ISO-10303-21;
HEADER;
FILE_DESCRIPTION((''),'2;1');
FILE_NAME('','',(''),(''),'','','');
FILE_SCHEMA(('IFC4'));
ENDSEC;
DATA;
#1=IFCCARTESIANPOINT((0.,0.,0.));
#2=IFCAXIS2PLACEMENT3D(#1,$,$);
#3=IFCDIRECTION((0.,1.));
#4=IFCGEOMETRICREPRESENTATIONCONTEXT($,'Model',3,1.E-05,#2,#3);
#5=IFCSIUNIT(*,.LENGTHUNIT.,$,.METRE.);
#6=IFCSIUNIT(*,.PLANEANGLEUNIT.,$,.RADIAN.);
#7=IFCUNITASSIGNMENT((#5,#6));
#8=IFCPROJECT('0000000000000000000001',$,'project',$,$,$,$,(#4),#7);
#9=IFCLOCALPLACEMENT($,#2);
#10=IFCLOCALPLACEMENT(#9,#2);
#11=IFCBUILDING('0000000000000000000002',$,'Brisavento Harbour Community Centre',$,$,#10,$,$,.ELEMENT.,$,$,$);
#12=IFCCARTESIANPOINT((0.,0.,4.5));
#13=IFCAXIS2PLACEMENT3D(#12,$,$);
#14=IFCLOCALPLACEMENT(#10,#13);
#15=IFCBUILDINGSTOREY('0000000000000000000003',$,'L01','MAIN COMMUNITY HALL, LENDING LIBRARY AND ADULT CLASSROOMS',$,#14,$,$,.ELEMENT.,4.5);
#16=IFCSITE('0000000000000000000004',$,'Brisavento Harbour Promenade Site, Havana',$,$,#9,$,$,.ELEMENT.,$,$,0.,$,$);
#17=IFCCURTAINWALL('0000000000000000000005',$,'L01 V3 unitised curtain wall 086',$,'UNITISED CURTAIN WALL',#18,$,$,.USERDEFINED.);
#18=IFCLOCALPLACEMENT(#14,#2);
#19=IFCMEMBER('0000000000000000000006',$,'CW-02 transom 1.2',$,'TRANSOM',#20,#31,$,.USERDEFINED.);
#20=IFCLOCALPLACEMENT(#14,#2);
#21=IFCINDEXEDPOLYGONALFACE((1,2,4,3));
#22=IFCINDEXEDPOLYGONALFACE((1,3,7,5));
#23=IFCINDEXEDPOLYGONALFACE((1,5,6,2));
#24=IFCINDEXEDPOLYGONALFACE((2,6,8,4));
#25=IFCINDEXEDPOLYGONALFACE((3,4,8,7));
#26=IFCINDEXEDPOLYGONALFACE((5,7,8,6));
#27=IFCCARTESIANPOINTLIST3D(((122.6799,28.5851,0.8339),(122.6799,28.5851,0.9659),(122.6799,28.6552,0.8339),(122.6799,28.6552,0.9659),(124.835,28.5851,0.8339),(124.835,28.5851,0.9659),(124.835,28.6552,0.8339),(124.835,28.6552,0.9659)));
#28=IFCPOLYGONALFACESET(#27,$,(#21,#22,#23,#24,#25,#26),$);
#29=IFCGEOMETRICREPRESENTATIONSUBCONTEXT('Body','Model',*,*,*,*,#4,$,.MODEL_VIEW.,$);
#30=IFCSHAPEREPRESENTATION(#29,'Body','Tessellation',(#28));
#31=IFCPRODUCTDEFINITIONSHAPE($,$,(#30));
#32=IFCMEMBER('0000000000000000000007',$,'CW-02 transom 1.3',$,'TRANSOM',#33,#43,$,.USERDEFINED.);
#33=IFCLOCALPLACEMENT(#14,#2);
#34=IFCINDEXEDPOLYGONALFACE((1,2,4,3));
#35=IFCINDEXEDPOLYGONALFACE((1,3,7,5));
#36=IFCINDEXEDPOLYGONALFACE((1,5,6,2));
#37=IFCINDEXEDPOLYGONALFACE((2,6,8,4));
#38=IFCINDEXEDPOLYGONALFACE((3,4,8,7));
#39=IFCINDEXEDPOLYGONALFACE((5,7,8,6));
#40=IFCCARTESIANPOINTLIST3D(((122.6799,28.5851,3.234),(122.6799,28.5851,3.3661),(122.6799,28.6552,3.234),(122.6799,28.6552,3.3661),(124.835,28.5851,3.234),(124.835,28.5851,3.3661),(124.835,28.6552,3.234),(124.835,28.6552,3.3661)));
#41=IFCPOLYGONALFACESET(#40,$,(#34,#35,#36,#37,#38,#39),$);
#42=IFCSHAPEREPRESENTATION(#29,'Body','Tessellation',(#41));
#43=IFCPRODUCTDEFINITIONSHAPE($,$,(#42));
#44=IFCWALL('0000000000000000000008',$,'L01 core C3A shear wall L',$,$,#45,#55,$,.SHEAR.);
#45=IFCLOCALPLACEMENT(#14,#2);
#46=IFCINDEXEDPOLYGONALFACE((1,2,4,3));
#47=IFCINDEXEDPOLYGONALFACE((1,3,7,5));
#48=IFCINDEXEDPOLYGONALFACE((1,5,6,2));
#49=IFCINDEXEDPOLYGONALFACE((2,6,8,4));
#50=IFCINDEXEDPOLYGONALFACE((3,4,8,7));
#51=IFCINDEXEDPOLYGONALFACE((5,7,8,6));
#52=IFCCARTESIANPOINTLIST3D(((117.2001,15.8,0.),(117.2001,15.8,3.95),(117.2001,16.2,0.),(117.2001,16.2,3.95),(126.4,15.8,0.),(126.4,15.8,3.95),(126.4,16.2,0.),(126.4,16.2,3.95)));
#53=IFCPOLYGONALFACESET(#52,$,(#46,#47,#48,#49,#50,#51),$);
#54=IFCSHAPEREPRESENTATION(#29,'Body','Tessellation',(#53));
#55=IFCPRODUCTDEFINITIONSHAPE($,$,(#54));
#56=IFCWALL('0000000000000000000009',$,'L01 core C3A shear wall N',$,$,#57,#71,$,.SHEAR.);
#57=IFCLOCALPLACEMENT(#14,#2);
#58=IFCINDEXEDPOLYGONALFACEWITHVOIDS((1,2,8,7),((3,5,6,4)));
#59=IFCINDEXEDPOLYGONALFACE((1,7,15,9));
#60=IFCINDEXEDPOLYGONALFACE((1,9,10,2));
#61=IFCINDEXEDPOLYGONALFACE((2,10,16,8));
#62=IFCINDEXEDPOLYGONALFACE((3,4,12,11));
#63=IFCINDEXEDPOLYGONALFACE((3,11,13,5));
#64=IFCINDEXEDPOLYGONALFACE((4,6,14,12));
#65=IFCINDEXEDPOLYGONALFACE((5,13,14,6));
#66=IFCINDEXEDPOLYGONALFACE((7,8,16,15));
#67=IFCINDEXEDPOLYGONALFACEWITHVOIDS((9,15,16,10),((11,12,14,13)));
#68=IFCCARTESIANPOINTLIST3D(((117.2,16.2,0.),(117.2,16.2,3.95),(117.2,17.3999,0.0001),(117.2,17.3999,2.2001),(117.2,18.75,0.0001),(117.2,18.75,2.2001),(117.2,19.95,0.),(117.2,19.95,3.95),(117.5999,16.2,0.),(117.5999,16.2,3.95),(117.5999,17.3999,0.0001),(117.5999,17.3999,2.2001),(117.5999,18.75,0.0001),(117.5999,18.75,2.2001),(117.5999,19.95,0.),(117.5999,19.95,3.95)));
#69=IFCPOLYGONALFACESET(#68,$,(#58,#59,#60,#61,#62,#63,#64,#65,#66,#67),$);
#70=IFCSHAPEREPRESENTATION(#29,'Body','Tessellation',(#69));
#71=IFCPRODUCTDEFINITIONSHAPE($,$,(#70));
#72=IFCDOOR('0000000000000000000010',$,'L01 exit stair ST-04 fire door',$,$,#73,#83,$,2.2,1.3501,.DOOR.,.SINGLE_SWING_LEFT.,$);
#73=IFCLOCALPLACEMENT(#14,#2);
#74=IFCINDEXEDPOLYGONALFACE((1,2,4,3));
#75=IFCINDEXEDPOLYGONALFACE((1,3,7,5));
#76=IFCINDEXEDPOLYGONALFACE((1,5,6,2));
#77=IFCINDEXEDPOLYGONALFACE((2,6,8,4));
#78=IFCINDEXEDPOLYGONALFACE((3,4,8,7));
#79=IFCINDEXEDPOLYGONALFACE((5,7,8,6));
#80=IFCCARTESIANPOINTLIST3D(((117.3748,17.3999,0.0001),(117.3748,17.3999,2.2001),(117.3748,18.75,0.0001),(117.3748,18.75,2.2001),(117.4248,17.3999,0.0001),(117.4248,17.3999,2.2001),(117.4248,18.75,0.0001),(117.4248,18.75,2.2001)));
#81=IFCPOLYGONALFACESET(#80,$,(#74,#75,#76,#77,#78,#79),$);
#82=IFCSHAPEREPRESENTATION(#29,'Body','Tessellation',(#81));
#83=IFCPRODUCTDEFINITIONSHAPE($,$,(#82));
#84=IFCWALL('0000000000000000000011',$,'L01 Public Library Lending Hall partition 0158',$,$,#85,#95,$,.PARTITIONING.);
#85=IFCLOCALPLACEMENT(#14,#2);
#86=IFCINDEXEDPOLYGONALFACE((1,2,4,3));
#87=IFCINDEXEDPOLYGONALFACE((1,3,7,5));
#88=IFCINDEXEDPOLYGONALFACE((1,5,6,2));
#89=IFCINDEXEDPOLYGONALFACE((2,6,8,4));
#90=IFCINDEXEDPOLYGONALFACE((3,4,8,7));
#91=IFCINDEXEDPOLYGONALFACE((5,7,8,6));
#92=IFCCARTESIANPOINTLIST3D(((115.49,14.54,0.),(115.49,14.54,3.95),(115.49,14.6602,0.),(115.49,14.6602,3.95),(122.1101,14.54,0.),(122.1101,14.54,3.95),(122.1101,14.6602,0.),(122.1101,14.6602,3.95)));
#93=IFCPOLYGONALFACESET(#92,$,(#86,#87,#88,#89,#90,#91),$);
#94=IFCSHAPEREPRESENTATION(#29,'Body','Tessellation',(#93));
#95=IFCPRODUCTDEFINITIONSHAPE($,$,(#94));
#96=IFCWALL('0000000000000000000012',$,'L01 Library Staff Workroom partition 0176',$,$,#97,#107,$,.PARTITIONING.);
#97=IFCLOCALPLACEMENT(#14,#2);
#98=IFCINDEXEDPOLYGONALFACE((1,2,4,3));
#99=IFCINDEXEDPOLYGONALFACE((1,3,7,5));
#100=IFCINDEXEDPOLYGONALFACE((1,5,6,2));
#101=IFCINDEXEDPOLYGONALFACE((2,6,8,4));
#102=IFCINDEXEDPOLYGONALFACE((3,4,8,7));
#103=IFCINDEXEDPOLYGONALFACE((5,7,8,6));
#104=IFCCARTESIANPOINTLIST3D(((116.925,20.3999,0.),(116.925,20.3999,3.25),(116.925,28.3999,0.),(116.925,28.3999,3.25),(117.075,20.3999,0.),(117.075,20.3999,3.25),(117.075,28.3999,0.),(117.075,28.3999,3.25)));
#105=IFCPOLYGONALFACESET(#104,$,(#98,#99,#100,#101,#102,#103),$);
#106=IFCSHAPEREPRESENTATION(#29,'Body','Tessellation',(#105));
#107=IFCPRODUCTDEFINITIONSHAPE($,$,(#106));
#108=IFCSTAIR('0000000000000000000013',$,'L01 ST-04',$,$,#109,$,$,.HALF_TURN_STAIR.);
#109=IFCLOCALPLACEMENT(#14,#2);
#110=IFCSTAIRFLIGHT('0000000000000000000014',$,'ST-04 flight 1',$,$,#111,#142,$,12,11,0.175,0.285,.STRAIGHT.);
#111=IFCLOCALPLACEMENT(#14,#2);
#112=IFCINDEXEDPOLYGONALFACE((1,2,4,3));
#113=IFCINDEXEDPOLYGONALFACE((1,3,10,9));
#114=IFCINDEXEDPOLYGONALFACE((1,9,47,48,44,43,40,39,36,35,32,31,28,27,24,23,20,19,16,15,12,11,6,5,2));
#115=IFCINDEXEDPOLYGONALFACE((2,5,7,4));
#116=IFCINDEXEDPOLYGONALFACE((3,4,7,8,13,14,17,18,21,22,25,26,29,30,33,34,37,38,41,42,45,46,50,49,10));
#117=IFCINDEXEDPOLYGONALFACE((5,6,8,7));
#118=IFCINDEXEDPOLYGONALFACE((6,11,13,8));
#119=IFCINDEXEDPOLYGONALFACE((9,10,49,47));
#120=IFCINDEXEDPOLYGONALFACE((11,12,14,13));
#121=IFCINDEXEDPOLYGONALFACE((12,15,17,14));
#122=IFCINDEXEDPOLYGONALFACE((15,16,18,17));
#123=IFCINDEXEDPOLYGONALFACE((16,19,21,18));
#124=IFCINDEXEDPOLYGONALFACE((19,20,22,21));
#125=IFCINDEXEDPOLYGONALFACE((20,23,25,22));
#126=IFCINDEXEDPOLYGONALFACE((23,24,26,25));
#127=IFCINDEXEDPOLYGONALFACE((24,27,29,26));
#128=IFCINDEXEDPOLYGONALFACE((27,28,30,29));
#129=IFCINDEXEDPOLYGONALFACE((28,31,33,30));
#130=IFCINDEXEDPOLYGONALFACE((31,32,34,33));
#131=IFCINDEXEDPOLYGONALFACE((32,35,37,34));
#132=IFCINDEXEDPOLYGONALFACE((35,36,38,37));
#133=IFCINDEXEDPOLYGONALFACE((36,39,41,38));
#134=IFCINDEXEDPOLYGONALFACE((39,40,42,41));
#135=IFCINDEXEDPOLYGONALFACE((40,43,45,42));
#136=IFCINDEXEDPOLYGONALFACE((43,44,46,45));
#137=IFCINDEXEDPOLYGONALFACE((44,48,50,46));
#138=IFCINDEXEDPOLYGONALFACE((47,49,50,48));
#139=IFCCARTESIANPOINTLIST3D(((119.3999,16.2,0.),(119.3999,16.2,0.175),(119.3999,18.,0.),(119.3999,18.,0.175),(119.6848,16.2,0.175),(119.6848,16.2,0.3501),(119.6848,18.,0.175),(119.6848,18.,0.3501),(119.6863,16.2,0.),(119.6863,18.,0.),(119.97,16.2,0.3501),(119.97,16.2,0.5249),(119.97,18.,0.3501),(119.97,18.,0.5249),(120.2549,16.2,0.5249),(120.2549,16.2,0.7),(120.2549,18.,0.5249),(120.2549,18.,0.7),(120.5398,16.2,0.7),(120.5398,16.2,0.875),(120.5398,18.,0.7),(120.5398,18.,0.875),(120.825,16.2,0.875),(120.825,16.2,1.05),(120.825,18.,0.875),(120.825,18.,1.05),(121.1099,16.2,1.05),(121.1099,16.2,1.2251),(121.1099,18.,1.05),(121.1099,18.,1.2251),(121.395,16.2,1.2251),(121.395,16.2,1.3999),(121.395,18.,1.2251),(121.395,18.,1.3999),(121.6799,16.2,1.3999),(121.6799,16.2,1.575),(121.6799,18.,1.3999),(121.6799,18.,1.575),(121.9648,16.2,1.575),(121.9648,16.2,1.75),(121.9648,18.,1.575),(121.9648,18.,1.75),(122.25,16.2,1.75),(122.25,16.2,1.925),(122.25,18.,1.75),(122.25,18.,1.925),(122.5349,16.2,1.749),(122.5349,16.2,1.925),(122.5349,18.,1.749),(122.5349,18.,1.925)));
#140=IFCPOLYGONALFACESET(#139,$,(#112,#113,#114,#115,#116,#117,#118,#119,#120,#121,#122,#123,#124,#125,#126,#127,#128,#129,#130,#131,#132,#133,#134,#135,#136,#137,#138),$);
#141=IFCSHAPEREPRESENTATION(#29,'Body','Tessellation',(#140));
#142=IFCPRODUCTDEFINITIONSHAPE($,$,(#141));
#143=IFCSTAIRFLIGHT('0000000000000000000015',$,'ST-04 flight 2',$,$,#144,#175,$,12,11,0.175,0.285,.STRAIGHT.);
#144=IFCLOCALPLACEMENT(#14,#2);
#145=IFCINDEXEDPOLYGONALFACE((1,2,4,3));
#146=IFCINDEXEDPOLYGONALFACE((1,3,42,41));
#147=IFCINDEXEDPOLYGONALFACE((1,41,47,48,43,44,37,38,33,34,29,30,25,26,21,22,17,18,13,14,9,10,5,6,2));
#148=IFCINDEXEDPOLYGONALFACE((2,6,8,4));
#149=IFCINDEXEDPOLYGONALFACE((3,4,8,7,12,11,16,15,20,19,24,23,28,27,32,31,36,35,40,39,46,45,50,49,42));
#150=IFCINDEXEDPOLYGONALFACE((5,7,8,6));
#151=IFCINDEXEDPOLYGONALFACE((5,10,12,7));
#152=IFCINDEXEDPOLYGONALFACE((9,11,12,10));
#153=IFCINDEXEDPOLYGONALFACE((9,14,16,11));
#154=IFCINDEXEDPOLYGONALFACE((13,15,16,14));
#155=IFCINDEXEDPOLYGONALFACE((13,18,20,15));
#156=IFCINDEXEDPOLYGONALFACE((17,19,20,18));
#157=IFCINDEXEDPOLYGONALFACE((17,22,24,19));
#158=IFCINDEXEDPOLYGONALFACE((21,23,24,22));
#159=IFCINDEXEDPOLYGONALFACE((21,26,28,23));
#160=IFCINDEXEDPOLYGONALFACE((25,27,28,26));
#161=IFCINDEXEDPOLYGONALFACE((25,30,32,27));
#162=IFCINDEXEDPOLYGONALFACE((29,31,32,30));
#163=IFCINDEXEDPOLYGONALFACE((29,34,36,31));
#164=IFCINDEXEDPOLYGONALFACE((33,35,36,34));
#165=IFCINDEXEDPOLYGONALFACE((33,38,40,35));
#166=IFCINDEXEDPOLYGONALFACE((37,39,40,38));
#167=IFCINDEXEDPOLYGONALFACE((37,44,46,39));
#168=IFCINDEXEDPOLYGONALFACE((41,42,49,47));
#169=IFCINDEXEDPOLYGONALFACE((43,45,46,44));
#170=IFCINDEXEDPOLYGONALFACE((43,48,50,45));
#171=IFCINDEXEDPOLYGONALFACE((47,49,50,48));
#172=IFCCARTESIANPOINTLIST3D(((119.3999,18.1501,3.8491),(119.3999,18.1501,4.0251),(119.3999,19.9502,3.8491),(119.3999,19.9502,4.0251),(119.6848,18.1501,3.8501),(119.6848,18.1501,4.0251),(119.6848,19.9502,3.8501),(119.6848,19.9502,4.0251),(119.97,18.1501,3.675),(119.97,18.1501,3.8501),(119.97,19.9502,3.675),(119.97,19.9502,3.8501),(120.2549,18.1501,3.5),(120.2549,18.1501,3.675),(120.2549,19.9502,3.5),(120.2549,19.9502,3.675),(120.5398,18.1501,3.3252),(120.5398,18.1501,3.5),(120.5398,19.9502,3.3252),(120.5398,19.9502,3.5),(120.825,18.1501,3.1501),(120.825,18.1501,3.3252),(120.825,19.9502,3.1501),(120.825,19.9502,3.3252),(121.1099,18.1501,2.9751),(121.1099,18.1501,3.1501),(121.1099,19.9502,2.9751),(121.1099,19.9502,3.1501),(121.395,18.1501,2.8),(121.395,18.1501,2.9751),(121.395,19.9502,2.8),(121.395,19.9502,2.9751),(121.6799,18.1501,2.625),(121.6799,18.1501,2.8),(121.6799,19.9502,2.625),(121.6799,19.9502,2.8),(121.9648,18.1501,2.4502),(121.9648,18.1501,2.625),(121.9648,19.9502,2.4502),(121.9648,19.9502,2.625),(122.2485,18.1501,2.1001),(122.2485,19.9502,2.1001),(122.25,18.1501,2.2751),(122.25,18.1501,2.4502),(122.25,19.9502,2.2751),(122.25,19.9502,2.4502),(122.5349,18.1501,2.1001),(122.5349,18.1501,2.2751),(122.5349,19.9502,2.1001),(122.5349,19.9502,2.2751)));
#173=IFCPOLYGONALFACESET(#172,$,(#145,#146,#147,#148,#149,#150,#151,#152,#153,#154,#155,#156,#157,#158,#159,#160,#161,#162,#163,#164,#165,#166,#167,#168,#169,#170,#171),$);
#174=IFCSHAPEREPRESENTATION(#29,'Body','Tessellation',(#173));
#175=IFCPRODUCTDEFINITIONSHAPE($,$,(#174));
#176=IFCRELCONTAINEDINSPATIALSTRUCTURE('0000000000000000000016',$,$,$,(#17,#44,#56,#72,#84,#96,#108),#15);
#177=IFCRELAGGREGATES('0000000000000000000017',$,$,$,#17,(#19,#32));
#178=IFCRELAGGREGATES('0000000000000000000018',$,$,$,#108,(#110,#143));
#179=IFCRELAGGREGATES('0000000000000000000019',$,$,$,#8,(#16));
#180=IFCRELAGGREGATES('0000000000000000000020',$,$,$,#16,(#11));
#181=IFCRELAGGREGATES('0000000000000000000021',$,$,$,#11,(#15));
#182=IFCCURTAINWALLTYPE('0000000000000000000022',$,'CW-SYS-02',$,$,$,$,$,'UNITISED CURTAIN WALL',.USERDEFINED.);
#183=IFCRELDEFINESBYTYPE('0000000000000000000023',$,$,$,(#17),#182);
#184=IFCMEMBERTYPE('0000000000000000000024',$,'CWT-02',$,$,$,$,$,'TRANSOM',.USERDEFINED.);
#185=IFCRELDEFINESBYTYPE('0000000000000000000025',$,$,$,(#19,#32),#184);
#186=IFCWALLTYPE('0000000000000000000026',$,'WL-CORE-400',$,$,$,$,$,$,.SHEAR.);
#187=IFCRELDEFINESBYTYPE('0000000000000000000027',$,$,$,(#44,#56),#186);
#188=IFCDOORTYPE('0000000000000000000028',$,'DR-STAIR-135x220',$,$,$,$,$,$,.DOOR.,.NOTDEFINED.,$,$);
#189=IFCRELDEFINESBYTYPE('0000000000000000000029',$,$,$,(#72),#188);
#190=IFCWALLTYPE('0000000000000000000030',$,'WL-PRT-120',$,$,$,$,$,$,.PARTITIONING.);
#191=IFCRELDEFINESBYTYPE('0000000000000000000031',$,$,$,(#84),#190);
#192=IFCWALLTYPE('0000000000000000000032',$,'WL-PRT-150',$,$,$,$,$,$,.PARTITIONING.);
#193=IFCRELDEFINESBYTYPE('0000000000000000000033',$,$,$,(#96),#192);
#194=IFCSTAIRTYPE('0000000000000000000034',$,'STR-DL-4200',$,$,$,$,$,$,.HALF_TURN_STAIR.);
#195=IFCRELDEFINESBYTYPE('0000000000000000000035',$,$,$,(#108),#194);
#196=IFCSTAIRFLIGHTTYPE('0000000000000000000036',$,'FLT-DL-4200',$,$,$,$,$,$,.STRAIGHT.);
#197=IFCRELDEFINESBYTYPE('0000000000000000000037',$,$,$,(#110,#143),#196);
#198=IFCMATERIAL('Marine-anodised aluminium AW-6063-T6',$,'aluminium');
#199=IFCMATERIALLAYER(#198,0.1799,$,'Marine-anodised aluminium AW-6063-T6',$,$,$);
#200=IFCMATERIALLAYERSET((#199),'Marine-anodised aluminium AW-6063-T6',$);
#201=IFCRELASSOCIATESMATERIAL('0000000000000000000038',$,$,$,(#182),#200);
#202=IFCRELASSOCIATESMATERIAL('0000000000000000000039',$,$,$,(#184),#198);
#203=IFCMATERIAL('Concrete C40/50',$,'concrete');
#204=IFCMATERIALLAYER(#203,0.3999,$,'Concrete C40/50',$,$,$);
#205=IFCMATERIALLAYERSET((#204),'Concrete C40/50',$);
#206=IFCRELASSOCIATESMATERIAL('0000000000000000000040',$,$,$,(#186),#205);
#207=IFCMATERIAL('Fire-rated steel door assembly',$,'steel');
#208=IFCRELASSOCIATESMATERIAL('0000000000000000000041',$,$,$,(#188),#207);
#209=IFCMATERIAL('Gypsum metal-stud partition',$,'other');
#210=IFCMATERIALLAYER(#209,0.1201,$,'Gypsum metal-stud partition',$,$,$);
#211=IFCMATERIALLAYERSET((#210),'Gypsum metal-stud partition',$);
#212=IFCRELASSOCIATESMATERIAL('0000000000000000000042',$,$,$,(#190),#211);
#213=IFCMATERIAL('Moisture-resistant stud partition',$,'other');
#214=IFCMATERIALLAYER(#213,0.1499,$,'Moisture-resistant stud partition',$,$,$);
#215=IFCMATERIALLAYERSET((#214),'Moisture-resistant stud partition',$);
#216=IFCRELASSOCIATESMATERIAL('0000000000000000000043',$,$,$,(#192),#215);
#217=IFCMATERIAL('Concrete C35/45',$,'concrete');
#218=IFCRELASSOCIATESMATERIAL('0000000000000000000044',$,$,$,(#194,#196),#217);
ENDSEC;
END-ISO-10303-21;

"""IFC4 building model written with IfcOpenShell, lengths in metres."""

from ifc_helpers import new_model, si_unit, direction, frame, frame_2d, origin, origin_2d, place, context, subcontext, project, spatial, polyline, rectangle, outline, extrude, material, layer, layer_set, material_profile, profile_set, type_object, element, fill, aggregate, save


model = new_model("IFC4")

# Units and contexts
model_context = context("Model", 3, precision=1e-05, world=origin(), true_north=direction((0.0, 1.0)))
body_context = subcontext(model_context, "Body", "Model", "MODEL_VIEW")
ifc_project = project(units=[si_unit("LENGTHUNIT", "METRE"), si_unit("PLANEANGLEUNIT", "RADIAN")], contexts=[model_context])

# Site, building, storey
site_placement = place(None, origin())
site = spatial("IfcSite", under=ifc_project, at=site_placement, Name="Brisavento Harbour Promenade Site, Havana", CompositionType="ELEMENT", RefElevation=0.0)
building_placement = place(site_placement, origin())
building = spatial("IfcBuilding", under=site, at=building_placement, Name="Brisavento Harbour Community Centre", CompositionType="ELEMENT")
storey_placement = place(building_placement, frame((0.0, 0.0, 4.5)))
storey = spatial("IfcBuildingStorey", under=building, at=storey_placement, Name="L01", Description="MAIN COMMUNITY HALL, LENDING LIBRARY AND ADULT CLASSROOMS", CompositionType="ELEMENT", Elevation=4.5)

# Shared definitions
ifc_material_1 = material(Name="Concrete C35/45", Category="concrete")

# Curtain wall, members
ifc_material_2 = material(Name="Marine-anodised aluminium AW-6063-T6", Category="aluminium")
ifc_layer_1 = layer(ifc_material_2, 0.1799, Name="Marine-anodised aluminium AW-6063-T6")
ifc_layer_set_1 = layer_set([ifc_layer_1], Name="Marine-anodised aluminium AW-6063-T6")
curtain_wall_type = type_object("IfcCurtainWallType", Name="CW-SYS-02", ElementType="UNITISED CURTAIN WALL", PredefinedType="USERDEFINED", material=ifc_layer_set_1)
curtain_wall_placement = place(storey_placement, origin())
curtain_wall = element("IfcCurtainWall", 1, at=curtain_wall_placement, inside=storey, type_object=curtain_wall_type, Name="L01 V3 unitised curtain wall 086", ObjectType="UNITISED CURTAIN WALL", PredefinedType="USERDEFINED")
ifc_material_profile_1 = material_profile(ifc_material_2, rectangle(XDim=0.0701, YDim=0.1321, at=origin_2d()), Name="Marine-anodised aluminium AW-6063-T6")
ifc_profile_set_1 = profile_set([ifc_material_profile_1], Name="Marine-anodised aluminium AW-6063-T6")
member_type_1 = type_object("IfcMemberType", Name="CWT-02", ElementType="TRANSOM", PredefinedType="USERDEFINED", material=ifc_profile_set_1)
member_1_placement = place(storey_placement, frame((122.6799, 28.6201, 0.8999), z_axis=(1.0, 0.0, 0.0), x_axis=(0.0, 1.0, 0.0)))
member_1 = element("IfcMember", 2, at=member_1_placement, type_object=member_type_1, Name="CW-02 transom 1.2", ObjectType="TRANSOM", PredefinedType="USERDEFINED", context=body_context, shape_type="SweptSolid", body=[
    extrude(rectangle(XDim=0.0701, YDim=0.1321, at=origin_2d()), origin(), (0.0, 0.0, 1.0), 2.155),
])
member_2_placement = place(storey_placement, frame((122.6799, 28.6201, 3.3), z_axis=(1.0, 0.0, 0.0), x_axis=(0.0, 1.0, 0.0)))
member_2 = element("IfcMember", 3, at=member_2_placement, type_object=member_type_1, Name="CW-02 transom 1.3", ObjectType="TRANSOM", PredefinedType="USERDEFINED", context=body_context, shape_type="SweptSolid", body=[
    extrude(rectangle(XDim=0.0701, YDim=0.1321, at=origin_2d()), origin(), (0.0, 0.0, 1.0), 2.155),
])
aggregate(curtain_wall, [member_1, member_2])

# Wall
ifc_material_3 = material(Name="Concrete C40/50", Category="concrete")
ifc_layer_2 = layer(ifc_material_3, 0.3999, Name="Concrete C40/50")
ifc_layer_set_2 = layer_set([ifc_layer_2], Name="Concrete C40/50")
wall_type_1 = type_object("IfcWallType", Name="WL-CORE-400", PredefinedType="SHEAR", material=ifc_layer_set_2)
wall_1_placement = place(storey_placement, frame((117.2, 16.0, 0.0), z_axis=(0.0, 0.0, 1.0), x_axis=(1.0, 0.0, 0.0)))
element("IfcWall", 4, at=wall_1_placement, inside=storey, type_object=wall_type_1, Name="L01 core C3A shear wall L", PredefinedType="SHEAR", context=body_context, shape_type="SweptSolid", body=[
    extrude(rectangle(XDim=9.2, YDim=0.3999, at=frame_2d((4.6001, 0.0))), origin(), (0.0, 0.0, 1.0), 3.95),
])

# Wall, opening, door
wall_2_placement = place(storey_placement, frame((117.3999, 19.95, 0.0), z_axis=(0.0, 0.0, 1.0), x_axis=(0.0, -1.0, 0.0)))
wall_2 = element("IfcWall", 5, at=wall_2_placement, inside=storey, type_object=wall_type_1, Name="L01 core C3A shear wall N", PredefinedType="SHEAR", context=body_context, shape_type="SweptSolid", body=[
    extrude(rectangle(XDim=3.75, YDim=0.3999, at=frame_2d((1.875, 0.0))), origin(), (0.0, 0.0, 1.0), 3.95),
])
opening_placement = place(wall_2_placement, frame((1.2, 0.0, 0.0)))
opening = element("IfcOpeningElement", 6, at=opening_placement, cuts=wall_2, PredefinedType="OPENING", context=body_context, shape_type="SweptSolid", body=[
    extrude(rectangle(XDim=1.3501, YDim=2.2, at=frame_2d((0.675, 1.1001))), frame((0.0, 0.21, 0.0), z_axis=(0.0, -1.0, 0.0), x_axis=(1.0, 0.0, 0.0)), (0.0, 0.0, 1.0), 0.4199),
])
ifc_material_4 = material(Name="Fire-rated steel door assembly", Category="steel")
door_type = type_object("IfcDoorType", Name="DR-STAIR-135x220", OperationType="NOTDEFINED", PredefinedType="DOOR", material=ifc_material_4)
door_placement = place(opening_placement, origin())
door = element("IfcDoor", 7, at=door_placement, inside=storey, type_object=door_type, Name="L01 exit stair ST-04 fire door", OperationType="SINGLE_SWING_LEFT", OverallHeight=2.2, OverallWidth=1.3501, PredefinedType="DOOR", context=body_context, shape_type="SweptSolid", body=[
    extrude(rectangle(XDim=1.3501, YDim=2.2, at=frame_2d((0.675, 1.1001))), frame((0.0, 0.0249, 0.0), z_axis=(0.0, -1.0, 0.0), x_axis=(1.0, 0.0, 0.0)), (0.0, 0.0, 1.0), 0.05),
])
fill(opening, door)

# Walls
ifc_material_5 = material(Name="Gypsum metal-stud partition", Category="other")
ifc_layer_3 = layer(ifc_material_5, 0.1201, Name="Gypsum metal-stud partition")
ifc_layer_set_3 = layer_set([ifc_layer_3], Name="Gypsum metal-stud partition")
wall_type_2 = type_object("IfcWallType", Name="WL-PRT-120", PredefinedType="PARTITIONING", material=ifc_layer_set_3)
wall_3_placement = place(storey_placement, frame((122.1101, 14.6001, 0.0), z_axis=(0.0, 0.0, 1.0), x_axis=(-1.0, 0.0, 0.0)))
element("IfcWall", 8, at=wall_3_placement, inside=storey, type_object=wall_type_2, Name="L01 Public Library Lending Hall partition 0158", PredefinedType="PARTITIONING", context=body_context, shape_type="SweptSolid", body=[
    extrude(rectangle(XDim=6.6201, YDim=0.1201, at=frame_2d((3.3101, 0.0))), origin(), (0.0, 0.0, 1.0), 3.95),
])
ifc_material_6 = material(Name="Moisture-resistant stud partition", Category="other")
ifc_layer_4 = layer(ifc_material_6, 0.1499, Name="Moisture-resistant stud partition")
ifc_layer_set_4 = layer_set([ifc_layer_4], Name="Moisture-resistant stud partition")
wall_type_3 = type_object("IfcWallType", Name="WL-PRT-150", PredefinedType="PARTITIONING", material=ifc_layer_set_4)
wall_4_placement = place(storey_placement, frame((117.0, 20.3999, 0.0), z_axis=(0.0, 0.0, 1.0), x_axis=(0.0, 1.0, 0.0)))
element("IfcWall", 9, at=wall_4_placement, inside=storey, type_object=wall_type_3, Name="L01 Library Staff Workroom partition 0176", PredefinedType="PARTITIONING", context=body_context, shape_type="SweptSolid", body=[
    extrude(rectangle(XDim=8.0, YDim=0.1499, at=frame_2d((4.0, 0.0))), origin(), (0.0, 0.0, 1.0), 3.25),
])

# Stair, stair flights
stair_type = type_object("IfcStairType", Name="STR-DL-4200", PredefinedType="HALF_TURN_STAIR", material=ifc_material_1)
stair_placement = place(storey_placement, origin())
stair = element("IfcStair", 10, at=stair_placement, inside=storey, type_object=stair_type, Name="L01 ST-04", PredefinedType="HALF_TURN_STAIR")
stair_flight_type = type_object("IfcStairFlightType", Name="FLT-DL-4200", PredefinedType="STRAIGHT", material=ifc_material_1)
stair_flight_1_placement = place(storey_placement, frame((119.3999, 17.1001, 0.0), z_axis=(0.0, 0.0, 1.0), x_axis=(1.0, 0.0, 0.0)))
stair_flight_1 = element("IfcStairFlight", 11, at=stair_flight_1_placement, type_object=stair_flight_type, Name="ST-04 flight 1", NumberOfRisers=12, NumberOfTreads=11, PredefinedType="STRAIGHT", RiserHeight=0.175, TreadLength=0.285, context=body_context, shape_type="SweptSolid", body=[
    extrude(outline(polyline([(0.0, 0.0), (0.0, 0.175), (0.2849, 0.175), (0.2849, 0.3501), (0.5701, 0.3501), (0.5701, 0.5249), (0.855, 0.5249), (0.855, 0.7), (1.1399, 0.7), (1.1399, 0.875), (1.425, 0.875), (1.425, 1.05), (1.71, 1.05), (1.71, 1.2251), (1.9951, 1.2251), (1.9951, 1.3999), (2.28, 1.3999), (2.28, 1.575), (2.5649, 1.575), (2.5649, 1.75), (2.8501, 1.75), (2.8501, 1.925), (3.135, 1.925), (3.135, 2.1001), (3.135, 1.749), (0.2864, 0.0), (0.0, 0.0)])), frame((0.0, 0.8999, 0.0), z_axis=(0.0, -1.0, 0.0), x_axis=(1.0, 0.0, 0.0)), (0.0, 0.0, 1.0), 1.8),
])
stair_flight_2_placement = place(storey_placement, frame((122.5349, 19.05, 2.1001), z_axis=(0.0, 0.0, 1.0), x_axis=(-1.0, 0.0, 0.0)))
stair_flight_2 = element("IfcStairFlight", 12, at=stair_flight_2_placement, type_object=stair_flight_type, Name="ST-04 flight 2", NumberOfRisers=12, NumberOfTreads=11, PredefinedType="STRAIGHT", RiserHeight=0.175, TreadLength=0.285, context=body_context, shape_type="SweptSolid", body=[
    extrude(outline(polyline([(0.0, 0.0), (0.0, 0.175), (0.2849, 0.175), (0.2849, 0.3501), (0.5701, 0.3501), (0.5701, 0.5249), (0.855, 0.5249), (0.855, 0.7), (1.1399, 0.7), (1.1399, 0.875), (1.425, 0.875), (1.425, 1.05), (1.71, 1.05), (1.71, 1.2251), (1.9951, 1.2251), (1.9951, 1.3999), (2.28, 1.3999), (2.28, 1.575), (2.5649, 1.575), (2.5649, 1.75), (2.8501, 1.75), (2.8501, 1.925), (3.135, 1.925), (3.135, 2.1001), (3.135, 1.749), (0.2864, 0.0), (0.0, 0.0)])), frame((0.0, 0.8999, 0.0), z_axis=(0.0, -1.0, 0.0), x_axis=(1.0, 0.0, 0.0)), (0.0, 0.0, 1.0), 1.8),
])
aggregate(stair, [stair_flight_1, stair_flight_2])

save(model, "model.ifc")
